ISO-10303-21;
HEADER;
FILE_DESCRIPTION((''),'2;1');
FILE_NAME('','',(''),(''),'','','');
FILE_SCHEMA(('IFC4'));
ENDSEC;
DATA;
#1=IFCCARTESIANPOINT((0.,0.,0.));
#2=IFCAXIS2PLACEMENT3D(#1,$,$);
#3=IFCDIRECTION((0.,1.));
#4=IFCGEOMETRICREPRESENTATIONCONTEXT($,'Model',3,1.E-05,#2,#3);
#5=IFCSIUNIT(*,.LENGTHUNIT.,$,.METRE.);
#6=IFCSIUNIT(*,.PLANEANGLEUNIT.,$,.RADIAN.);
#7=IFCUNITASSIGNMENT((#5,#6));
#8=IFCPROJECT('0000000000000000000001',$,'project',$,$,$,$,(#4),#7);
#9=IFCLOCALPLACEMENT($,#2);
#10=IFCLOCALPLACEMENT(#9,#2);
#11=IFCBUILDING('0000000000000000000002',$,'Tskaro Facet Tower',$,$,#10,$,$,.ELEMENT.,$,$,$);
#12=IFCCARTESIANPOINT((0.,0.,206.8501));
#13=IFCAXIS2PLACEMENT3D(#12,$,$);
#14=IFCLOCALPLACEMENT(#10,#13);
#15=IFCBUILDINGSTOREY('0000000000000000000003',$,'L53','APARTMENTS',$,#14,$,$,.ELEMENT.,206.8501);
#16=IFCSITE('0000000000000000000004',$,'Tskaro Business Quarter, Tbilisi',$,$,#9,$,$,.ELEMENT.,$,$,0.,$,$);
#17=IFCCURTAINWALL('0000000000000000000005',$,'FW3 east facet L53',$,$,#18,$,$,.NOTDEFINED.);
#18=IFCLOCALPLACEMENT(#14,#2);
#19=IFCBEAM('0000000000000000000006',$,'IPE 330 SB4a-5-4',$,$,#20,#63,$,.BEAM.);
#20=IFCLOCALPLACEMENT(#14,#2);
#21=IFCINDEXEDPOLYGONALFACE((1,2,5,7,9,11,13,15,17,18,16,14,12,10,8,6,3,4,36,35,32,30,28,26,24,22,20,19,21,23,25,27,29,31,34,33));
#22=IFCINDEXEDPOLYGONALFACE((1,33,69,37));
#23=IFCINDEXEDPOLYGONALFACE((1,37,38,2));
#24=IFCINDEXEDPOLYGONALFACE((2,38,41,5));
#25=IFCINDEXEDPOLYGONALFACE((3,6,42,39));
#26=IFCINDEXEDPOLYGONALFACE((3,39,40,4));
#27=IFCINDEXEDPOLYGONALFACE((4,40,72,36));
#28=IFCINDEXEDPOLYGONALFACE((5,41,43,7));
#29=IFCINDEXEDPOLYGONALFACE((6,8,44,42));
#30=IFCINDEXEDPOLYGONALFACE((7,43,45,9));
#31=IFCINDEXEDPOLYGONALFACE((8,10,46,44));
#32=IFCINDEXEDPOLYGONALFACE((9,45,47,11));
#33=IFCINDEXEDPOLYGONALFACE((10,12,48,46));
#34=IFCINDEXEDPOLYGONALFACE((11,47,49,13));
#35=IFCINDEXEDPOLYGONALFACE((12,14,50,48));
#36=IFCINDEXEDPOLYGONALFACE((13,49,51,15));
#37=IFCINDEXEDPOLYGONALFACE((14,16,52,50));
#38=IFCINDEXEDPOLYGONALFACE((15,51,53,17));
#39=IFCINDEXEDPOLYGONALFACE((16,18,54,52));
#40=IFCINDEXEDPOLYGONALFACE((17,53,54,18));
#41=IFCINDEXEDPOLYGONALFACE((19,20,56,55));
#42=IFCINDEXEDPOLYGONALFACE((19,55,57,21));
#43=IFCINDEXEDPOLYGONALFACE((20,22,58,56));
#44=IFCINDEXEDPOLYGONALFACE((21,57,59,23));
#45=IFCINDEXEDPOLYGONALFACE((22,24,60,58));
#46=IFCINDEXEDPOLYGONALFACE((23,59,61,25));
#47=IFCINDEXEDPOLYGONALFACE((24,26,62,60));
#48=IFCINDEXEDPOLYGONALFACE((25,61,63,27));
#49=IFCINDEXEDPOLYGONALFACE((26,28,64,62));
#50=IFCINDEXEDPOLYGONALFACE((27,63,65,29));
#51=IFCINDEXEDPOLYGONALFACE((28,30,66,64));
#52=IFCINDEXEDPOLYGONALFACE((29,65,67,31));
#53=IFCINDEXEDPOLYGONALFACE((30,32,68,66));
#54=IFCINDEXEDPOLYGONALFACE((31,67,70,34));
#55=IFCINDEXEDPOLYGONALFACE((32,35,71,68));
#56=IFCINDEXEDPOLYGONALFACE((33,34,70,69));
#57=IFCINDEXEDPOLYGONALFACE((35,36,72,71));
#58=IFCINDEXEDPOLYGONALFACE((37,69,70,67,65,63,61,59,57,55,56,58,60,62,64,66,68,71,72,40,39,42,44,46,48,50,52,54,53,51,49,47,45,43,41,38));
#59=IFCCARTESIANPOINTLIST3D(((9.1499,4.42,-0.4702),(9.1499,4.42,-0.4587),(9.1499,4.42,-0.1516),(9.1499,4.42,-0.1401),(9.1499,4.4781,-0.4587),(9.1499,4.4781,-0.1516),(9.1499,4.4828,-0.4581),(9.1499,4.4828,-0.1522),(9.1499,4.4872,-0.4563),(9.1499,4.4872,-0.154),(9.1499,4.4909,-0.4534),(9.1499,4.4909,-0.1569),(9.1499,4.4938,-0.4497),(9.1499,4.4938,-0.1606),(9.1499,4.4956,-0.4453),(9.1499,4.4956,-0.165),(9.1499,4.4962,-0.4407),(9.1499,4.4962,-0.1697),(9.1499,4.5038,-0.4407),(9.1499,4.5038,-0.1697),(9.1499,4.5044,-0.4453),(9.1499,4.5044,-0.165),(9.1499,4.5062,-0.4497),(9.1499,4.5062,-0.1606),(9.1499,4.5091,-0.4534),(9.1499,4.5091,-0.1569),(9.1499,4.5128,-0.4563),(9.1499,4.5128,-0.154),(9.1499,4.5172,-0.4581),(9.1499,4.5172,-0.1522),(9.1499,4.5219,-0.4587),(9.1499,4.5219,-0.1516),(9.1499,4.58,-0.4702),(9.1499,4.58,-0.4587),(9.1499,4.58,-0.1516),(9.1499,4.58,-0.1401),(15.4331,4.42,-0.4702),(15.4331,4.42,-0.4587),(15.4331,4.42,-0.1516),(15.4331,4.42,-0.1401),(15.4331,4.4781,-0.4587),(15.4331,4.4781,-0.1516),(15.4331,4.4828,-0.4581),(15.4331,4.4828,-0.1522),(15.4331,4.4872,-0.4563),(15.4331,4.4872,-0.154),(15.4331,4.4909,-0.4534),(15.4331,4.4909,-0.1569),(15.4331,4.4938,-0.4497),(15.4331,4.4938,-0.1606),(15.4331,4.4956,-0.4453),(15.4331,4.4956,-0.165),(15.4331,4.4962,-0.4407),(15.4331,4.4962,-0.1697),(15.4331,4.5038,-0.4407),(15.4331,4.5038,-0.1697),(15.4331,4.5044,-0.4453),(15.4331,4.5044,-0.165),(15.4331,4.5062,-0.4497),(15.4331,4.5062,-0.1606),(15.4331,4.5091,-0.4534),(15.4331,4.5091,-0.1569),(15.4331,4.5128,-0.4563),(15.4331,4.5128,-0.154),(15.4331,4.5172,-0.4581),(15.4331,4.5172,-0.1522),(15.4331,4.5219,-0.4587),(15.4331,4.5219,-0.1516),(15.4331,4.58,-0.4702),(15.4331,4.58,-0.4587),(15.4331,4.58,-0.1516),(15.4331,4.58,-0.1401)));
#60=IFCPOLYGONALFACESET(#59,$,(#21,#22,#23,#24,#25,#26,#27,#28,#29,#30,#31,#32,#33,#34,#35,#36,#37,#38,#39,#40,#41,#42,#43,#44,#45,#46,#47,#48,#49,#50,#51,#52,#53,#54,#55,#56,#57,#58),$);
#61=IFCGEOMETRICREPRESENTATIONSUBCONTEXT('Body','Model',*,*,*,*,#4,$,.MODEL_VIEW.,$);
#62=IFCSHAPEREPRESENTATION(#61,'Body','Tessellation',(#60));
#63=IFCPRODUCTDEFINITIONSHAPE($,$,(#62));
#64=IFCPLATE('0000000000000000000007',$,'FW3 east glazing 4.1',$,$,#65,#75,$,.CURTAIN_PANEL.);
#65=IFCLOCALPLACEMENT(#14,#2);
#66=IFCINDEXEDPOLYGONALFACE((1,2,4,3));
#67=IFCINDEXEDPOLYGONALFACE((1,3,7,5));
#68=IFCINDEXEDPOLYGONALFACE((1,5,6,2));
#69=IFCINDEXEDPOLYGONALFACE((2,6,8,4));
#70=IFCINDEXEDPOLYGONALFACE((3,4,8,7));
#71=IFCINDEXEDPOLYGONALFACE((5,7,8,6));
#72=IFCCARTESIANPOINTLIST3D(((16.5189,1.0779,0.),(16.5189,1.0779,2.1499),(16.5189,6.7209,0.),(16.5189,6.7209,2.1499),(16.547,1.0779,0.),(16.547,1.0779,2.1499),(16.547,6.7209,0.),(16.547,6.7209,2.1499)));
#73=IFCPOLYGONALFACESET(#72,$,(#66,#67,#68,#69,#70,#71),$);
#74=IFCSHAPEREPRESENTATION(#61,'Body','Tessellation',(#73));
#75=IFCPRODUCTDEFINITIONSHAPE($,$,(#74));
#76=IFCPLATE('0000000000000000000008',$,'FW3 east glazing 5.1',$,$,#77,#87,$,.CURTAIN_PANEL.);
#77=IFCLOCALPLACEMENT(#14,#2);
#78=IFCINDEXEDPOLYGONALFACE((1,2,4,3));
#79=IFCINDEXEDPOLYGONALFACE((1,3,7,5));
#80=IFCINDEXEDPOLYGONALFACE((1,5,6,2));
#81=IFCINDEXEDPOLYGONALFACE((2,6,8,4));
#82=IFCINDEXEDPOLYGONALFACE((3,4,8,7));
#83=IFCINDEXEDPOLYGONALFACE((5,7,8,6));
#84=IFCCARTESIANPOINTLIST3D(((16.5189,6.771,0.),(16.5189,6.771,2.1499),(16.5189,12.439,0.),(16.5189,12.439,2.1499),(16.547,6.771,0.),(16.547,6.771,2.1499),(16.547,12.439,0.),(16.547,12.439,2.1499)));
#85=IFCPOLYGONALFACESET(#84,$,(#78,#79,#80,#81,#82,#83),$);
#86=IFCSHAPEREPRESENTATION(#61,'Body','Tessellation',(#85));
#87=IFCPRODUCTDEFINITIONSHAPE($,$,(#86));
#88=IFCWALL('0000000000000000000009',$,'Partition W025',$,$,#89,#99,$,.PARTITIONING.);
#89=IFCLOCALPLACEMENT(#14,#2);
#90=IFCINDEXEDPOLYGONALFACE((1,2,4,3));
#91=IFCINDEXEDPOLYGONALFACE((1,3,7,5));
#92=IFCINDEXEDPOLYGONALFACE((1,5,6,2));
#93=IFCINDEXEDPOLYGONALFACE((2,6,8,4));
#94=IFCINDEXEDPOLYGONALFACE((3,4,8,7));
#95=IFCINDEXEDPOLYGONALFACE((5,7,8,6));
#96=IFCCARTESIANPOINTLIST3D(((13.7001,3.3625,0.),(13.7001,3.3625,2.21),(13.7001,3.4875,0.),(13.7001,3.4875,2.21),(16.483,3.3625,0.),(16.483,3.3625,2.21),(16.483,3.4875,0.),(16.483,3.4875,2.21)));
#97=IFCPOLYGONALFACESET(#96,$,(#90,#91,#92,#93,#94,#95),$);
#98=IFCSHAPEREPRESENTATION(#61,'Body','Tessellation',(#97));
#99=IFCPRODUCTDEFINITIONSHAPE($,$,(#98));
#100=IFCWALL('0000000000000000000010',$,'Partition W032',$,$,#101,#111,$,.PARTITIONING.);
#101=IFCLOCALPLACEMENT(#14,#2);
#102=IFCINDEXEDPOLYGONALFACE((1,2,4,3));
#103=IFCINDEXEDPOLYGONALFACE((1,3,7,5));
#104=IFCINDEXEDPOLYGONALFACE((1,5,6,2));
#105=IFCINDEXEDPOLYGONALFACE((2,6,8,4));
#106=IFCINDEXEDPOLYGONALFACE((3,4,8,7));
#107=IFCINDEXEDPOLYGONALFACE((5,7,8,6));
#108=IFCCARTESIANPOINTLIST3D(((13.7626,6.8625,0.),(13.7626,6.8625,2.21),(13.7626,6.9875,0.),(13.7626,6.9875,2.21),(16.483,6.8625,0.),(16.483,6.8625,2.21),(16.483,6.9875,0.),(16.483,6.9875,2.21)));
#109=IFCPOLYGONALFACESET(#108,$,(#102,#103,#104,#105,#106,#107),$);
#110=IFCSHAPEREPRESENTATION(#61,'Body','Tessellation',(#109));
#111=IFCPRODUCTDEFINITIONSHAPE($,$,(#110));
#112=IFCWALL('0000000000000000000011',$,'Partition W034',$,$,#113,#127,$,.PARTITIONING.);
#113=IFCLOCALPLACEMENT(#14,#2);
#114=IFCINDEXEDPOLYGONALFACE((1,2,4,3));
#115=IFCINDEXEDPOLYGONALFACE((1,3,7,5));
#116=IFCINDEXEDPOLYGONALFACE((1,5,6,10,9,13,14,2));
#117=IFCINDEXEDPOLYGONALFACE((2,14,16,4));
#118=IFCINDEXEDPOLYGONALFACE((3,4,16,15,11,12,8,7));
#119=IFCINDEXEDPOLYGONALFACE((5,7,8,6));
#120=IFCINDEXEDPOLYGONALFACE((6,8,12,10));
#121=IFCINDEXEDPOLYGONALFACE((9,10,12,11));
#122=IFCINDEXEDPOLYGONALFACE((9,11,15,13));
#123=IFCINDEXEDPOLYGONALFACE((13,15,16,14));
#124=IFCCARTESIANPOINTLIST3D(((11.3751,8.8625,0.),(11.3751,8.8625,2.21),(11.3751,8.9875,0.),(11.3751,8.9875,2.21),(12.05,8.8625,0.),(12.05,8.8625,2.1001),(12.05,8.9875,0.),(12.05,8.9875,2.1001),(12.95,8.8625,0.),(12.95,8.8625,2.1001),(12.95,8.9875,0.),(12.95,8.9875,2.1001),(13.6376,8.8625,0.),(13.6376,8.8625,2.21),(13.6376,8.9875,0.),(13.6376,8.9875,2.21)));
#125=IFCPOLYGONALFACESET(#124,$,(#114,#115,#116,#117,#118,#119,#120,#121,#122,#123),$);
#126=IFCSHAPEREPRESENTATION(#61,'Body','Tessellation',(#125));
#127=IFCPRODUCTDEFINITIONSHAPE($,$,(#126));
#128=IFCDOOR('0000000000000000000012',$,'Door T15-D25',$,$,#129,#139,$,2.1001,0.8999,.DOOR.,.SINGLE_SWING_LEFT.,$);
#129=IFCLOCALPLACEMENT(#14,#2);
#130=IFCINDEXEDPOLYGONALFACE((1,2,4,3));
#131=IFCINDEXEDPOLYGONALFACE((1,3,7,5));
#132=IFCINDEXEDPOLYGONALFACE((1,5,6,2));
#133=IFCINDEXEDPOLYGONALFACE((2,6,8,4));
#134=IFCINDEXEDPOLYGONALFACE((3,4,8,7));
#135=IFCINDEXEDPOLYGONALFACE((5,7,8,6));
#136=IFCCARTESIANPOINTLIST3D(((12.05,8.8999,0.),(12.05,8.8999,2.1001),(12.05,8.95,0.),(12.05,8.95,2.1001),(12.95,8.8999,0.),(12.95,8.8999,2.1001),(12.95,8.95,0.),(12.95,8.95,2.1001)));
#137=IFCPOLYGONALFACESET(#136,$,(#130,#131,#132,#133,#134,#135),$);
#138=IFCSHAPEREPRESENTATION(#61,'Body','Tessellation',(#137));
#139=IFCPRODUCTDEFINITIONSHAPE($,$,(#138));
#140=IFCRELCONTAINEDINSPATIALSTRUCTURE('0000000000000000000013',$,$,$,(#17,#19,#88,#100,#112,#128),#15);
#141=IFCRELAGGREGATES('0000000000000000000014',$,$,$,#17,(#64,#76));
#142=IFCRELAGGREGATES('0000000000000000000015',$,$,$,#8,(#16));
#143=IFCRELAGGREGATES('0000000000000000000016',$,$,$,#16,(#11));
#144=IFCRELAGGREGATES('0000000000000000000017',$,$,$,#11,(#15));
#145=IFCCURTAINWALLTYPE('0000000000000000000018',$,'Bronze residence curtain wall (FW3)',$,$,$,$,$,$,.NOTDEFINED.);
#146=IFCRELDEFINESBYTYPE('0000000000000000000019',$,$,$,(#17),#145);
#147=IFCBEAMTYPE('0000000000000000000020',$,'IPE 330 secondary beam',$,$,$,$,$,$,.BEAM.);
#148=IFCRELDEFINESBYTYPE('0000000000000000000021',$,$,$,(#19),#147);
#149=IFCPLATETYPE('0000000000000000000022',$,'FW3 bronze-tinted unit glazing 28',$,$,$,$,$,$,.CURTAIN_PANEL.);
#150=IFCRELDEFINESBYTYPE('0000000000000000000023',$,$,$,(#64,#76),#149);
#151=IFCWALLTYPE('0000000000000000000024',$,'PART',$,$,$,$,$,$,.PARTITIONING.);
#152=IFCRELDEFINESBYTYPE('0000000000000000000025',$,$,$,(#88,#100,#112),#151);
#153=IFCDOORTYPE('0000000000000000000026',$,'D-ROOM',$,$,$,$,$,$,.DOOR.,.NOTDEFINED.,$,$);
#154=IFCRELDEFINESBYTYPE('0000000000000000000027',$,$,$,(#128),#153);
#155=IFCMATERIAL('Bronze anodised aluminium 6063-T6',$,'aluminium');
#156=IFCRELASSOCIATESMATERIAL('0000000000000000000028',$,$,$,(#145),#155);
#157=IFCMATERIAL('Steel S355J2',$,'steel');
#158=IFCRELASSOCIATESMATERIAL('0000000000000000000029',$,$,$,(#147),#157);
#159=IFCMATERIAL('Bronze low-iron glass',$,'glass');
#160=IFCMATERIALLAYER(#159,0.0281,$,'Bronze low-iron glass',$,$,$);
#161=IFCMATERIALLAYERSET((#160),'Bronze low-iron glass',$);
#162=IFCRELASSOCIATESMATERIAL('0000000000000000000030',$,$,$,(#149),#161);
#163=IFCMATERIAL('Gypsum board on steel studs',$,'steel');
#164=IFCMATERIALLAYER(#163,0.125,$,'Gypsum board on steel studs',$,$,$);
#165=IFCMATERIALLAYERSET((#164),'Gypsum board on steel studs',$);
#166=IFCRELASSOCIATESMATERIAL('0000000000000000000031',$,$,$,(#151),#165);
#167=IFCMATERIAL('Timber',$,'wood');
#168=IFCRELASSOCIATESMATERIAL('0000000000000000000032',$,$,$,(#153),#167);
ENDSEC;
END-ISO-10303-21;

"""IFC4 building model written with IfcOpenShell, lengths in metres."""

from ifc_helpers import new_model, si_unit, direction, frame, frame_2d, origin, origin_2d, place, context, subcontext, project, spatial, rectangle, i_section, extrude, material, layer, layer_set, material_profile, profile_set, type_object, element, fill, aggregate, save


model = new_model("IFC4")

# Units and contexts
model_context = context("Model", 3, precision=1e-05, world=origin(), true_north=direction((0.0, 1.0)))
body_context = subcontext(model_context, "Body", "Model", "MODEL_VIEW")
ifc_project = project(units=[si_unit("LENGTHUNIT", "METRE"), si_unit("PLANEANGLEUNIT", "RADIAN")], contexts=[model_context])

# Site, building, storey
site_placement = place(None, origin())
site = spatial("IfcSite", under=ifc_project, at=site_placement, Name="Tskaro Business Quarter, Tbilisi", CompositionType="ELEMENT", RefElevation=0.0)
building_placement = place(site_placement, origin())
building = spatial("IfcBuilding", under=site, at=building_placement, Name="Tskaro Facet Tower", CompositionType="ELEMENT")
storey_placement = place(building_placement, frame((0.0, 0.0, 206.8501)))
storey = spatial("IfcBuildingStorey", under=building, at=storey_placement, Name="L53", Description="APARTMENTS", CompositionType="ELEMENT", Elevation=206.8501)

# Curtain wall
ifc_material_1 = material(Name="Bronze anodised aluminium 6063-T6", Category="aluminium")
curtain_wall_type = type_object("IfcCurtainWallType", Name="Bronze residence curtain wall (FW3)", PredefinedType="NOTDEFINED", material=ifc_material_1)
curtain_wall_placement = place(storey_placement, origin())
curtain_wall = element("IfcCurtainWall", 1, at=curtain_wall_placement, inside=storey, type_object=curtain_wall_type, Name="FW3 east facet L53", PredefinedType="NOTDEFINED")

# Beam
ifc_material_2 = material(Name="Steel S355J2", Category="steel")
ifc_material_profile_1 = material_profile(ifc_material_2, i_section(OverallWidth=0.1599, OverallDepth=0.3301, WebThickness=0.0076, FlangeThickness=0.0115, FilletRadius=0.0181, at=origin_2d()), Name="IPE 330")
ifc_profile_set_1 = profile_set([ifc_material_profile_1], Name="Steel S355J2")
beam_type_1 = type_object("IfcBeamType", Name="IPE 330 secondary beam", PredefinedType="BEAM", material=ifc_profile_set_1)
beam_1_placement = place(storey_placement, frame((9.1499, 4.5, -0.3052), z_axis=(1.0, 0.0, 0.0), x_axis=(0.0, 1.0, 0.0)))
element("IfcBeam", 2, at=beam_1_placement, inside=storey, type_object=beam_type_1, Name="IPE 330 SB4a-5-4", PredefinedType="BEAM", context=body_context, shape_type="SweptSolid", body=[
    extrude(i_section(OverallWidth=0.1599, OverallDepth=0.3301, WebThickness=0.0076, FlangeThickness=0.0115, FilletRadius=0.0181, at=origin_2d()), origin(), (0.0, 0.0, 1.0), 6.2832),
])

# Plates
ifc_material_3 = material(Name="Bronze low-iron glass", Category="glass")
ifc_layer_1 = layer(ifc_material_3, 0.0281, Name="Bronze low-iron glass")
ifc_layer_set_1 = layer_set([ifc_layer_1], Name="Bronze low-iron glass")
plate_type = type_object("IfcPlateType", Name="FW3 bronze-tinted unit glazing 28", PredefinedType="CURTAIN_PANEL", material=ifc_layer_set_1)
plate_1_placement = place(storey_placement, frame((16.533, 3.8994, 0.0), z_axis=(0.0, 0.0, 1.0), x_axis=(0.0, 1.0, 0.0)))
plate_1 = element("IfcPlate", 3, at=plate_1_placement, type_object=plate_type, Name="FW3 east glazing 4.1", PredefinedType="CURTAIN_PANEL", context=body_context, shape_type="SweptSolid", body=[
    extrude(rectangle(XDim=5.6431, YDim=0.0281, at=origin_2d()), origin(), (0.0, 0.0, 1.0), 2.1499),
])
plate_2_placement = place(storey_placement, frame((16.533, 9.605, 0.0), z_axis=(0.0, 0.0, 1.0), x_axis=(0.0, 1.0, 0.0)))
plate_2 = element("IfcPlate", 4, at=plate_2_placement, type_object=plate_type, Name="FW3 east glazing 5.1", PredefinedType="CURTAIN_PANEL", context=body_context, shape_type="SweptSolid", body=[
    extrude(rectangle(XDim=5.668, YDim=0.0281, at=origin_2d()), origin(), (0.0, 0.0, 1.0), 2.1499),
])
aggregate(curtain_wall, [plate_1, plate_2])

# Walls
ifc_material_4 = material(Name="Gypsum board on steel studs", Category="steel")
ifc_layer_2 = layer(ifc_material_4, 0.125, Name="Gypsum board on steel studs")
ifc_layer_set_2 = layer_set([ifc_layer_2], Name="Gypsum board on steel studs")
wall_type_1 = type_object("IfcWallType", Name="PART", PredefinedType="PARTITIONING", material=ifc_layer_set_2)
wall_1_placement = place(storey_placement, frame((13.7, 3.425, 0.0), z_axis=(0.0, 0.0, 1.0), x_axis=(1.0, 0.0, 0.0)))
element("IfcWall", 5, at=wall_1_placement, inside=storey, type_object=wall_type_1, Name="Partition W025", PredefinedType="PARTITIONING", context=body_context, shape_type="SweptSolid", body=[
    extrude(rectangle(XDim=2.783, YDim=0.125, at=frame_2d((1.3916, 0.0))), origin(), (0.0, 0.0, 1.0), 2.21),
])
wall_2_placement = place(storey_placement, frame((13.7625, 6.925, 0.0), z_axis=(0.0, 0.0, 1.0), x_axis=(1.0, 0.0, 0.0)))
element("IfcWall", 6, at=wall_2_placement, inside=storey, type_object=wall_type_1, Name="Partition W032", PredefinedType="PARTITIONING", context=body_context, shape_type="SweptSolid", body=[
    extrude(rectangle(XDim=2.7205, YDim=0.125, at=frame_2d((1.3604, 0.0))), origin(), (0.0, 0.0, 1.0), 2.21),
])

# Wall, opening, door
wall_3_placement = place(storey_placement, frame((11.375, 8.925, 0.0), z_axis=(0.0, 0.0, 1.0), x_axis=(1.0, 0.0, 0.0)))
wall_3 = element("IfcWall", 7, at=wall_3_placement, inside=storey, type_object=wall_type_1, Name="Partition W034", PredefinedType="PARTITIONING", context=body_context, shape_type="SweptSolid", body=[
    extrude(rectangle(XDim=2.2625, YDim=0.125, at=frame_2d((1.1313, 0.0))), origin(), (0.0, 0.0, 1.0), 2.21),
])
opening_1_placement = place(wall_3_placement, frame((0.675, 0.0, 0.0)))
opening_1 = element("IfcOpeningElement", 8, at=opening_1_placement, cuts=wall_3, PredefinedType="OPENING", context=body_context, shape_type="SweptSolid", body=[
    extrude(rectangle(XDim=0.8999, YDim=2.1001, at=frame_2d((0.45, 1.05))), frame((0.0, 0.0725, 0.0), z_axis=(0.0, -1.0, 0.0), x_axis=(1.0, 0.0, 0.0)), (0.0, 0.0, 1.0), 0.145),
])
ifc_material_5 = material(Name="Timber", Category="wood")
door_type_1 = type_object("IfcDoorType", Name="D-ROOM", OperationType="NOTDEFINED", PredefinedType="DOOR", material=ifc_material_5)
door_1_placement = place(opening_1_placement, origin())
door_1 = element("IfcDoor", 9, at=door_1_placement, inside=storey, type_object=door_type_1, Name="Door T15-D25", OperationType="SINGLE_SWING_LEFT", OverallHeight=2.1001, OverallWidth=0.8999, PredefinedType="DOOR", context=body_context, shape_type="SweptSolid", body=[
    extrude(rectangle(XDim=0.8999, YDim=2.1001, at=frame_2d((0.45, 1.05))), frame((0.0, 0.0249, 0.0), z_axis=(0.0, -1.0, 0.0), x_axis=(1.0, 0.0, 0.0)), (0.0, 0.0, 1.0), 0.05),
])
fill(opening_1, door_1)

save(model, "model.ifc")
